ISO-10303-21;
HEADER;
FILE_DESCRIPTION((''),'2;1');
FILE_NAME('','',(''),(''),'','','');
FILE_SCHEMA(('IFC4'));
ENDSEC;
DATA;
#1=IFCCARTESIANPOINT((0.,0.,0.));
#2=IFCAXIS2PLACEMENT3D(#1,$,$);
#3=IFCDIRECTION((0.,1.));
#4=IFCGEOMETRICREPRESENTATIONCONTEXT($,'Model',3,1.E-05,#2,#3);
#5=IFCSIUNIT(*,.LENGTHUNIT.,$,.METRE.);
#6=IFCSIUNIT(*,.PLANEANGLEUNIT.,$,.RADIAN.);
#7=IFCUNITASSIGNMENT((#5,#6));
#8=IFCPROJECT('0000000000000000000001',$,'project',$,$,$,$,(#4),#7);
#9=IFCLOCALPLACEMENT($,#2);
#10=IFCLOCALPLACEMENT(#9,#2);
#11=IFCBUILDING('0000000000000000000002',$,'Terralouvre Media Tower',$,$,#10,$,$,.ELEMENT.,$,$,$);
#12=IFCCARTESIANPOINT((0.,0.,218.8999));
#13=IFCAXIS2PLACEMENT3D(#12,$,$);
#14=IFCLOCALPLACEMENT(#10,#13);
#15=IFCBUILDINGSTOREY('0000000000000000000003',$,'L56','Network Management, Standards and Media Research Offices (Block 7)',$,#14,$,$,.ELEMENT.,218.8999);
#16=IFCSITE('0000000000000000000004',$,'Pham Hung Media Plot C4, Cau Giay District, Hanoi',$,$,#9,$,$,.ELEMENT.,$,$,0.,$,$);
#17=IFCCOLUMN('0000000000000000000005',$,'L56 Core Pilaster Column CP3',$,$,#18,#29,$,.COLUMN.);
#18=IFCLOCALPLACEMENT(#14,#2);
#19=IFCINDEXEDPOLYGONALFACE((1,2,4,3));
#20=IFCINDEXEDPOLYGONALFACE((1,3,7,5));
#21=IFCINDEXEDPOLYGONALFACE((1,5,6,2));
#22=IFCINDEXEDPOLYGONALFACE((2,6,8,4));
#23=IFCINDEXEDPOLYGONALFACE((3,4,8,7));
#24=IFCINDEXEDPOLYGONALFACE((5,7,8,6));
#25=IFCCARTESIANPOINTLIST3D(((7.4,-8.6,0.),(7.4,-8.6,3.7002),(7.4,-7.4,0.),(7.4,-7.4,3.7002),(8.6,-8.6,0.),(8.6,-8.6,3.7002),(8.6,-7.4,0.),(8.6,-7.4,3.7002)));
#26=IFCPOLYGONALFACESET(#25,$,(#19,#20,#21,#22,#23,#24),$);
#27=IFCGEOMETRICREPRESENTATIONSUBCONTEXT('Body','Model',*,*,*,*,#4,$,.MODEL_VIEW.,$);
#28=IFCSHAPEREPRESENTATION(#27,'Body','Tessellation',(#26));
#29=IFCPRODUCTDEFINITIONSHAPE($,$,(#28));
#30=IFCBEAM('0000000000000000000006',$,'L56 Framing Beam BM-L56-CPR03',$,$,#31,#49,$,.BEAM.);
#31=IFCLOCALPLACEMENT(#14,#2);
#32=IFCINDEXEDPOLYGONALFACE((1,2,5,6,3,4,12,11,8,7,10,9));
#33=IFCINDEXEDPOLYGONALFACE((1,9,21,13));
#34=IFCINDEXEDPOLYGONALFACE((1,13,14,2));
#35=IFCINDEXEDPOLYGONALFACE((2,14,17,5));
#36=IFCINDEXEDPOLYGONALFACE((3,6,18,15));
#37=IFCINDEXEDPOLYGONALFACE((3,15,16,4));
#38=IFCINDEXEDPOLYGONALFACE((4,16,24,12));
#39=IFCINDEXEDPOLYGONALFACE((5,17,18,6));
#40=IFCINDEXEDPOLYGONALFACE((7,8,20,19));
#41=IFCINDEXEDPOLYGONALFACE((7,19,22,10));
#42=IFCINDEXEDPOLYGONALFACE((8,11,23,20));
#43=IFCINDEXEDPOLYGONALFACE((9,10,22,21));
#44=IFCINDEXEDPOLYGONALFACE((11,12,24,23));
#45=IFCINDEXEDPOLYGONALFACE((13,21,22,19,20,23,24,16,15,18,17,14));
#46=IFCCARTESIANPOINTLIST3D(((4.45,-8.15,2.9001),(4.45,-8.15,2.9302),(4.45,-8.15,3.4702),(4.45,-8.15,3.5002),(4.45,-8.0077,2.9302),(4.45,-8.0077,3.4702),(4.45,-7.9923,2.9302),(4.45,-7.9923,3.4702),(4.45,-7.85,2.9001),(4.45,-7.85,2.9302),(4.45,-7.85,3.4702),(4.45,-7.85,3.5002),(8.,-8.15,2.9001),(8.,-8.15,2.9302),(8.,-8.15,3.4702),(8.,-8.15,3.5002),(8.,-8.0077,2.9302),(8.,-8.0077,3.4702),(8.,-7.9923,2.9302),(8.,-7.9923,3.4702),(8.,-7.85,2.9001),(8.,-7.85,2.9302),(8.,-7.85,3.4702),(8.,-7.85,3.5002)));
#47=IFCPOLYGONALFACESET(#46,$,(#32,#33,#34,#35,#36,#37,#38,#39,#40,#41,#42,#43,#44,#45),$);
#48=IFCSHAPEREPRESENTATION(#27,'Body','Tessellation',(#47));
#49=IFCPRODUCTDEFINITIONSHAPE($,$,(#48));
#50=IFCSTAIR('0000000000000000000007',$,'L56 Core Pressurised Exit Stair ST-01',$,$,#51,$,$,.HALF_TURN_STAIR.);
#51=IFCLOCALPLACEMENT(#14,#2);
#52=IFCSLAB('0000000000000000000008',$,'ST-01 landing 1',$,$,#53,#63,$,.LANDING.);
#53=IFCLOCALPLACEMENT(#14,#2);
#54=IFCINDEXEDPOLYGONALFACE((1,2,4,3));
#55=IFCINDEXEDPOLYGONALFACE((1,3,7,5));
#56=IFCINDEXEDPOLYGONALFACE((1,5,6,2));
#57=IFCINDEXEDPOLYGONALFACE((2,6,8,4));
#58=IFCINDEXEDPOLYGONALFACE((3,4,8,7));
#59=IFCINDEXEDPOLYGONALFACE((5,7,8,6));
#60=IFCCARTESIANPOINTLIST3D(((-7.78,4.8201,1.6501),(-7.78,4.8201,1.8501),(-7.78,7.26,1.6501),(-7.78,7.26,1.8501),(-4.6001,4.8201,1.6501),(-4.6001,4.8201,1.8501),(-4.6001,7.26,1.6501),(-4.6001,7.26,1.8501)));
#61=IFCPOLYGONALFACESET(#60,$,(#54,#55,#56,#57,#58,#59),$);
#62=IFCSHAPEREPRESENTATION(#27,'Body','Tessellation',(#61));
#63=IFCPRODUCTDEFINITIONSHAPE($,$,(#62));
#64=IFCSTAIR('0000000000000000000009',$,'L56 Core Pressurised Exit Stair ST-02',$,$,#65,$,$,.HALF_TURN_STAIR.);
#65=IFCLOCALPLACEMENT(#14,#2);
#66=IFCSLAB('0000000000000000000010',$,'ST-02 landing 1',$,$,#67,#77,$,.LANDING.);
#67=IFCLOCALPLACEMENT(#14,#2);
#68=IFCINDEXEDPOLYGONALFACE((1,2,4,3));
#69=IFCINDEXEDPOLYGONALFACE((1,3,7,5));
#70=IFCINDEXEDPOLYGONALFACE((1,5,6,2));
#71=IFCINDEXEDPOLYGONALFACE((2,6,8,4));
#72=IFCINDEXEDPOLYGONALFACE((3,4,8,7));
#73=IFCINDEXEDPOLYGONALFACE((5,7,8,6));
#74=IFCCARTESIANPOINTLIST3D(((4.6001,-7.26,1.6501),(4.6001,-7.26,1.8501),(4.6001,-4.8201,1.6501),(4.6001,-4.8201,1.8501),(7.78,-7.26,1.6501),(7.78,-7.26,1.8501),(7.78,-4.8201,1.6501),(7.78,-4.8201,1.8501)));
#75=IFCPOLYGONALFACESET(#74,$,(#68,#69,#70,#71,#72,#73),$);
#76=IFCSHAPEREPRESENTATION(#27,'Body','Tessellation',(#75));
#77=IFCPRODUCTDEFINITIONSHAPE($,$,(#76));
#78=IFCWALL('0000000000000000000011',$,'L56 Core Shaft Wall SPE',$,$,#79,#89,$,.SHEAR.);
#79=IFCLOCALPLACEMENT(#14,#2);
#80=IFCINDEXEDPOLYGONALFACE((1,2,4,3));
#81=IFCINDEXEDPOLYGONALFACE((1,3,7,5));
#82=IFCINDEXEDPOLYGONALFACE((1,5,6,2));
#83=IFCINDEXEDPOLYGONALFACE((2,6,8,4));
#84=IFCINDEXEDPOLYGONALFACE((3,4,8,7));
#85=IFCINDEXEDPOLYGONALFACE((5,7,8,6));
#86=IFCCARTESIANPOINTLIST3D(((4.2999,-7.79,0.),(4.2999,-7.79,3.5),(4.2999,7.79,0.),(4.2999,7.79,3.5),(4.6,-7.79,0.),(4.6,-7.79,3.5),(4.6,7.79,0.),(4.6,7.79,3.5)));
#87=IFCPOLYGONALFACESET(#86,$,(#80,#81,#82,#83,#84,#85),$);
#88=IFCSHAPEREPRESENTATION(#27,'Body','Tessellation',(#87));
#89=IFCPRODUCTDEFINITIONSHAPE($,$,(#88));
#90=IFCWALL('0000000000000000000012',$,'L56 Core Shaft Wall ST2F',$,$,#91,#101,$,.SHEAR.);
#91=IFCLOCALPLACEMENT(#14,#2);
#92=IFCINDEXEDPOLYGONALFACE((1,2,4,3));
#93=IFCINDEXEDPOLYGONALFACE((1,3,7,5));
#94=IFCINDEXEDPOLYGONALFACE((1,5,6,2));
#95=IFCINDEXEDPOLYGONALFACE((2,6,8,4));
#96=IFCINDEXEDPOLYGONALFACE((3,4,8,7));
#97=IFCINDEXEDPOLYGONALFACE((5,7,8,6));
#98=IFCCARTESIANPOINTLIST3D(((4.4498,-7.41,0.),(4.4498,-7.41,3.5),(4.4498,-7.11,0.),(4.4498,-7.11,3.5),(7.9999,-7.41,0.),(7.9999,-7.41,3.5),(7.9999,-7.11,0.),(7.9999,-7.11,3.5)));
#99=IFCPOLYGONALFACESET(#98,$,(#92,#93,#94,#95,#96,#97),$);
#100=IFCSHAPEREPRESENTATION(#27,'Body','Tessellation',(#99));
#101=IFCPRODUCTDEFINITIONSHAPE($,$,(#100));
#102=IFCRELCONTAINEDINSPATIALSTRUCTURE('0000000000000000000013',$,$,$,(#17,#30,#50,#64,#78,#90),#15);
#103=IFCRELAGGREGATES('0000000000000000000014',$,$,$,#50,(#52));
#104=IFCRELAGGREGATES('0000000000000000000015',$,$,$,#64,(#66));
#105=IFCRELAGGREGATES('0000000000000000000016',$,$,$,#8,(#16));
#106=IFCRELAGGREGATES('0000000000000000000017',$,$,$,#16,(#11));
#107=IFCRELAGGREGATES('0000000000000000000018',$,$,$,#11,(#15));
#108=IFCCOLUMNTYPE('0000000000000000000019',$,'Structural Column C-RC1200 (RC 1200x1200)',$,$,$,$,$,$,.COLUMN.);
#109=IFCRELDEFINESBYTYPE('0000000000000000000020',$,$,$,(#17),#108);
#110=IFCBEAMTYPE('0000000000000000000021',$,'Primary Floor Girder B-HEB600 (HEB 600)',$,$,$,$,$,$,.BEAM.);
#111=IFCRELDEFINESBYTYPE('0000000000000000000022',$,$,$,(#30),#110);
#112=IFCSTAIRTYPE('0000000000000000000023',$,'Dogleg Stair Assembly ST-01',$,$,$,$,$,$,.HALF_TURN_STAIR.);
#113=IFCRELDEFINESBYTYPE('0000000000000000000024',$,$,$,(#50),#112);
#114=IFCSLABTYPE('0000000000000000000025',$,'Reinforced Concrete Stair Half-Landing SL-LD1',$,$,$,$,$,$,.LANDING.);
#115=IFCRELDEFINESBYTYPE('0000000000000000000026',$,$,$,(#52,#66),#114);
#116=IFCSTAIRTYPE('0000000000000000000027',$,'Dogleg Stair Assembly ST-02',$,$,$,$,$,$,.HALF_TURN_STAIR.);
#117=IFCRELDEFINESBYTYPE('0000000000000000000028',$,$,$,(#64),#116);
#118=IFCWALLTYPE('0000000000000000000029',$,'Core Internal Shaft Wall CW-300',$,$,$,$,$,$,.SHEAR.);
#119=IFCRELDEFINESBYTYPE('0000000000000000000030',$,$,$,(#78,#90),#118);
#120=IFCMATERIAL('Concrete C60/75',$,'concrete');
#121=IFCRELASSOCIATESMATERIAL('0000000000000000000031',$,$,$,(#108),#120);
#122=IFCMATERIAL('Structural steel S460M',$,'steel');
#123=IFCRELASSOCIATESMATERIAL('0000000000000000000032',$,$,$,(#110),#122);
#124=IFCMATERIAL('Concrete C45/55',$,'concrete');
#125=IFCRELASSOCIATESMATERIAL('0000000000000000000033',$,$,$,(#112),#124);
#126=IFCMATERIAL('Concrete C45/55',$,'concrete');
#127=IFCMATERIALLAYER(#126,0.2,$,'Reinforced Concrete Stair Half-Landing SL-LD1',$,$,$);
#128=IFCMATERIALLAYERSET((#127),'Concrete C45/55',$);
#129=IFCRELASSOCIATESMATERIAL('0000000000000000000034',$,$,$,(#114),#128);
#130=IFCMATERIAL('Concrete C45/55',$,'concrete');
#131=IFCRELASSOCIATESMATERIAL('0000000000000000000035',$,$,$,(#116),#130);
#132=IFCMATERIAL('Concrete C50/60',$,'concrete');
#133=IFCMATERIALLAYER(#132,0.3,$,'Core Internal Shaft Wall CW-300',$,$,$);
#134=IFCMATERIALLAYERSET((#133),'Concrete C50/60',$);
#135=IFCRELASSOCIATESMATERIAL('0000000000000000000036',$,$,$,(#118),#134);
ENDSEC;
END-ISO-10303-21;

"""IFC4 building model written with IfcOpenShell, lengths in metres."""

from ifc_helpers import new_model, si_unit, direction, frame, frame_2d, origin, origin_2d, place, context, subcontext, project, spatial, polyline, rectangle, i_section, outline, extrude, material, layer, layer_set, material_profile, profile_set, type_object, element, aggregate, save


model = new_model("IFC4")

# Units and contexts
model_context = context("Model", 3, precision=1e-05, world=origin(), true_north=direction((0.0, 1.0)))
body_context = subcontext(model_context, "Body", "Model", "MODEL_VIEW")
ifc_project = project(units=[si_unit("LENGTHUNIT", "METRE"), si_unit("PLANEANGLEUNIT", "RADIAN")], contexts=[model_context])

# Site, building, storey
site_placement = place(None, origin())
site = spatial("IfcSite", under=ifc_project, at=site_placement, Name="Pham Hung Media Plot C4, Cau Giay District, Hanoi", CompositionType="ELEMENT", RefElevation=0.0)
building_placement = place(site_placement, origin())
building = spatial("IfcBuilding", under=site, at=building_placement, Name="Terralouvre Media Tower", CompositionType="ELEMENT")
storey_placement = place(building_placement, frame((0.0, 0.0, 218.8999)))
storey = spatial("IfcBuildingStorey", under=building, at=storey_placement, Name="L56", Description="Network Management, Standards and Media Research Offices (Block 7)", CompositionType="ELEMENT", Elevation=218.8999)

# Column
ifc_material_1 = material(Name="Concrete C60/75", Category="concrete")
ifc_material_profile_1 = material_profile(ifc_material_1, rectangle(XDim=1.2, YDim=1.2, at=origin_2d()), Name="RC 1200x1200")
ifc_profile_set_1 = profile_set([ifc_material_profile_1], Name="Concrete C60/75")
column_type = type_object("IfcColumnType", Name="Structural Column C-RC1200 (RC 1200x1200)", PredefinedType="COLUMN", material=ifc_profile_set_1)
column_placement = place(storey_placement, frame((8.0, -8.0, 0.0), z_axis=(0.0, 0.0, 1.0), x_axis=(1.0, 0.0, 0.0)))
element("IfcColumn", 1, at=column_placement, inside=storey, type_object=column_type, Name="L56 Core Pilaster Column CP3", PredefinedType="COLUMN", context=body_context, shape_type="SweptSolid", body=[
    extrude(rectangle(XDim=1.2, YDim=1.2, at=origin_2d()), origin(), (0.0, 0.0, 1.0), 3.7002),
])

# Beam
ifc_material_2 = material(Name="Structural steel S460M", Category="steel")
ifc_material_profile_2 = material_profile(ifc_material_2, i_section(OverallWidth=0.3, OverallDepth=0.6001, WebThickness=0.0154, FlangeThickness=0.03, at=origin_2d()), Name="HEB 600")
ifc_profile_set_2 = profile_set([ifc_material_profile_2], Name="Structural steel S460M")
beam_type = type_object("IfcBeamType", Name="Primary Floor Girder B-HEB600 (HEB 600)", PredefinedType="BEAM", material=ifc_profile_set_2)
beam_placement = place(storey_placement, frame((4.45, -8.0, 3.2002), z_axis=(1.0, 0.0, 0.0), x_axis=(0.0, 1.0, 0.0)))
element("IfcBeam", 2, at=beam_placement, inside=storey, type_object=beam_type, Name="L56 Framing Beam BM-L56-CPR03", PredefinedType="BEAM", context=body_context, shape_type="SweptSolid", body=[
    extrude(i_section(OverallWidth=0.3, OverallDepth=0.6001, WebThickness=0.0154, FlangeThickness=0.03, at=origin_2d()), origin(), (0.0, 0.0, 1.0), 3.55),
])

# Stairs, slabs
ifc_material_3 = material(Name="Concrete C45/55", Category="concrete")
stair_type_1 = type_object("IfcStairType", Name="Dogleg Stair Assembly ST-01", PredefinedType="HALF_TURN_STAIR", material=ifc_material_3)
stair_1_placement = place(storey_placement, origin())
stair_1 = element("IfcStair", 3, at=stair_1_placement, inside=storey, type_object=stair_type_1, Name="L56 Core Pressurised Exit Stair ST-01", PredefinedType="HALF_TURN_STAIR")
ifc_material_4 = material(Name="Concrete C45/55", Category="concrete")
ifc_layer_1 = layer(ifc_material_4, 0.2, Name="Reinforced Concrete Stair Half-Landing SL-LD1")
ifc_layer_set_1 = layer_set([ifc_layer_1], Name="Concrete C45/55")
slab_type = type_object("IfcSlabType", Name="Reinforced Concrete Stair Half-Landing SL-LD1", PredefinedType="LANDING", material=ifc_layer_set_1)
slab_1_placement = place(storey_placement, frame((0.0, 0.0, 1.6501)))
slab_1 = element("IfcSlab", 4, at=slab_1_placement, type_object=slab_type, Name="ST-01 landing 1", PredefinedType="LANDING", context=body_context, shape_type="SweptSolid", body=[
    extrude(outline(polyline([(-4.6001, 4.8201), (-4.6001, 7.26), (-7.78, 7.26), (-7.78, 4.8201), (-4.6001, 4.8201)])), origin(), (0.0, 0.0, 1.0), 0.2),
])
aggregate(stair_1, [slab_1])
ifc_material_5 = material(Name="Concrete C45/55", Category="concrete")
stair_type_2 = type_object("IfcStairType", Name="Dogleg Stair Assembly ST-02", PredefinedType="HALF_TURN_STAIR", material=ifc_material_5)
stair_2_placement = place(storey_placement, origin())
stair_2 = element("IfcStair", 5, at=stair_2_placement, inside=storey, type_object=stair_type_2, Name="L56 Core Pressurised Exit Stair ST-02", PredefinedType="HALF_TURN_STAIR")
slab_2_placement = place(storey_placement, frame((0.0, 0.0, 1.6501)))
slab_2 = element("IfcSlab", 6, at=slab_2_placement, type_object=slab_type, Name="ST-02 landing 1", PredefinedType="LANDING", context=body_context, shape_type="SweptSolid", body=[
    extrude(outline(polyline([(4.6001, -4.8201), (4.6001, -7.26), (7.78, -7.26), (7.78, -4.8201), (4.6001, -4.8201)])), origin(), (0.0, 0.0, 1.0), 0.2),
])

# Wall
ifc_material_6 = material(Name="Concrete C50/60", Category="concrete")
ifc_layer_2 = layer(ifc_material_6, 0.3, Name="Core Internal Shaft Wall CW-300")
ifc_layer_set_2 = layer_set([ifc_layer_2], Name="Concrete C50/60")
wall_type = type_object("IfcWallType", Name="Core Internal Shaft Wall CW-300", PredefinedType="SHEAR", material=ifc_layer_set_2)
wall_1_placement = place(storey_placement, frame((4.45, -7.79, 0.0), z_axis=(0.0, 0.0, 1.0), x_axis=(0.0, 1.0, 0.0)))
element("IfcWall", 7, at=wall_1_placement, inside=storey, type_object=wall_type, Name="L56 Core Shaft Wall SPE", PredefinedType="SHEAR", context=body_context, shape_type="SweptSolid", body=[
    extrude(rectangle(XDim=15.5801, YDim=0.3, at=frame_2d((7.79, 0.0))), origin(), (0.0, 0.0, 1.0), 3.5),
])

# Wall
wall_2_placement = place(storey_placement, frame((4.45, -7.26, 0.0), z_axis=(0.0, 0.0, 1.0), x_axis=(1.0, 0.0, 0.0)))
element("IfcWall", 8, at=wall_2_placement, inside=storey, type_object=wall_type, Name="L56 Core Shaft Wall ST2F", PredefinedType="SHEAR", context=body_context, shape_type="SweptSolid", body=[
    extrude(rectangle(XDim=3.55, YDim=0.3, at=frame_2d((1.7749, 0.0))), origin(), (0.0, 0.0, 1.0), 3.5),
])

aggregate(stair_2, [slab_2])

save(model, "model.ifc")
